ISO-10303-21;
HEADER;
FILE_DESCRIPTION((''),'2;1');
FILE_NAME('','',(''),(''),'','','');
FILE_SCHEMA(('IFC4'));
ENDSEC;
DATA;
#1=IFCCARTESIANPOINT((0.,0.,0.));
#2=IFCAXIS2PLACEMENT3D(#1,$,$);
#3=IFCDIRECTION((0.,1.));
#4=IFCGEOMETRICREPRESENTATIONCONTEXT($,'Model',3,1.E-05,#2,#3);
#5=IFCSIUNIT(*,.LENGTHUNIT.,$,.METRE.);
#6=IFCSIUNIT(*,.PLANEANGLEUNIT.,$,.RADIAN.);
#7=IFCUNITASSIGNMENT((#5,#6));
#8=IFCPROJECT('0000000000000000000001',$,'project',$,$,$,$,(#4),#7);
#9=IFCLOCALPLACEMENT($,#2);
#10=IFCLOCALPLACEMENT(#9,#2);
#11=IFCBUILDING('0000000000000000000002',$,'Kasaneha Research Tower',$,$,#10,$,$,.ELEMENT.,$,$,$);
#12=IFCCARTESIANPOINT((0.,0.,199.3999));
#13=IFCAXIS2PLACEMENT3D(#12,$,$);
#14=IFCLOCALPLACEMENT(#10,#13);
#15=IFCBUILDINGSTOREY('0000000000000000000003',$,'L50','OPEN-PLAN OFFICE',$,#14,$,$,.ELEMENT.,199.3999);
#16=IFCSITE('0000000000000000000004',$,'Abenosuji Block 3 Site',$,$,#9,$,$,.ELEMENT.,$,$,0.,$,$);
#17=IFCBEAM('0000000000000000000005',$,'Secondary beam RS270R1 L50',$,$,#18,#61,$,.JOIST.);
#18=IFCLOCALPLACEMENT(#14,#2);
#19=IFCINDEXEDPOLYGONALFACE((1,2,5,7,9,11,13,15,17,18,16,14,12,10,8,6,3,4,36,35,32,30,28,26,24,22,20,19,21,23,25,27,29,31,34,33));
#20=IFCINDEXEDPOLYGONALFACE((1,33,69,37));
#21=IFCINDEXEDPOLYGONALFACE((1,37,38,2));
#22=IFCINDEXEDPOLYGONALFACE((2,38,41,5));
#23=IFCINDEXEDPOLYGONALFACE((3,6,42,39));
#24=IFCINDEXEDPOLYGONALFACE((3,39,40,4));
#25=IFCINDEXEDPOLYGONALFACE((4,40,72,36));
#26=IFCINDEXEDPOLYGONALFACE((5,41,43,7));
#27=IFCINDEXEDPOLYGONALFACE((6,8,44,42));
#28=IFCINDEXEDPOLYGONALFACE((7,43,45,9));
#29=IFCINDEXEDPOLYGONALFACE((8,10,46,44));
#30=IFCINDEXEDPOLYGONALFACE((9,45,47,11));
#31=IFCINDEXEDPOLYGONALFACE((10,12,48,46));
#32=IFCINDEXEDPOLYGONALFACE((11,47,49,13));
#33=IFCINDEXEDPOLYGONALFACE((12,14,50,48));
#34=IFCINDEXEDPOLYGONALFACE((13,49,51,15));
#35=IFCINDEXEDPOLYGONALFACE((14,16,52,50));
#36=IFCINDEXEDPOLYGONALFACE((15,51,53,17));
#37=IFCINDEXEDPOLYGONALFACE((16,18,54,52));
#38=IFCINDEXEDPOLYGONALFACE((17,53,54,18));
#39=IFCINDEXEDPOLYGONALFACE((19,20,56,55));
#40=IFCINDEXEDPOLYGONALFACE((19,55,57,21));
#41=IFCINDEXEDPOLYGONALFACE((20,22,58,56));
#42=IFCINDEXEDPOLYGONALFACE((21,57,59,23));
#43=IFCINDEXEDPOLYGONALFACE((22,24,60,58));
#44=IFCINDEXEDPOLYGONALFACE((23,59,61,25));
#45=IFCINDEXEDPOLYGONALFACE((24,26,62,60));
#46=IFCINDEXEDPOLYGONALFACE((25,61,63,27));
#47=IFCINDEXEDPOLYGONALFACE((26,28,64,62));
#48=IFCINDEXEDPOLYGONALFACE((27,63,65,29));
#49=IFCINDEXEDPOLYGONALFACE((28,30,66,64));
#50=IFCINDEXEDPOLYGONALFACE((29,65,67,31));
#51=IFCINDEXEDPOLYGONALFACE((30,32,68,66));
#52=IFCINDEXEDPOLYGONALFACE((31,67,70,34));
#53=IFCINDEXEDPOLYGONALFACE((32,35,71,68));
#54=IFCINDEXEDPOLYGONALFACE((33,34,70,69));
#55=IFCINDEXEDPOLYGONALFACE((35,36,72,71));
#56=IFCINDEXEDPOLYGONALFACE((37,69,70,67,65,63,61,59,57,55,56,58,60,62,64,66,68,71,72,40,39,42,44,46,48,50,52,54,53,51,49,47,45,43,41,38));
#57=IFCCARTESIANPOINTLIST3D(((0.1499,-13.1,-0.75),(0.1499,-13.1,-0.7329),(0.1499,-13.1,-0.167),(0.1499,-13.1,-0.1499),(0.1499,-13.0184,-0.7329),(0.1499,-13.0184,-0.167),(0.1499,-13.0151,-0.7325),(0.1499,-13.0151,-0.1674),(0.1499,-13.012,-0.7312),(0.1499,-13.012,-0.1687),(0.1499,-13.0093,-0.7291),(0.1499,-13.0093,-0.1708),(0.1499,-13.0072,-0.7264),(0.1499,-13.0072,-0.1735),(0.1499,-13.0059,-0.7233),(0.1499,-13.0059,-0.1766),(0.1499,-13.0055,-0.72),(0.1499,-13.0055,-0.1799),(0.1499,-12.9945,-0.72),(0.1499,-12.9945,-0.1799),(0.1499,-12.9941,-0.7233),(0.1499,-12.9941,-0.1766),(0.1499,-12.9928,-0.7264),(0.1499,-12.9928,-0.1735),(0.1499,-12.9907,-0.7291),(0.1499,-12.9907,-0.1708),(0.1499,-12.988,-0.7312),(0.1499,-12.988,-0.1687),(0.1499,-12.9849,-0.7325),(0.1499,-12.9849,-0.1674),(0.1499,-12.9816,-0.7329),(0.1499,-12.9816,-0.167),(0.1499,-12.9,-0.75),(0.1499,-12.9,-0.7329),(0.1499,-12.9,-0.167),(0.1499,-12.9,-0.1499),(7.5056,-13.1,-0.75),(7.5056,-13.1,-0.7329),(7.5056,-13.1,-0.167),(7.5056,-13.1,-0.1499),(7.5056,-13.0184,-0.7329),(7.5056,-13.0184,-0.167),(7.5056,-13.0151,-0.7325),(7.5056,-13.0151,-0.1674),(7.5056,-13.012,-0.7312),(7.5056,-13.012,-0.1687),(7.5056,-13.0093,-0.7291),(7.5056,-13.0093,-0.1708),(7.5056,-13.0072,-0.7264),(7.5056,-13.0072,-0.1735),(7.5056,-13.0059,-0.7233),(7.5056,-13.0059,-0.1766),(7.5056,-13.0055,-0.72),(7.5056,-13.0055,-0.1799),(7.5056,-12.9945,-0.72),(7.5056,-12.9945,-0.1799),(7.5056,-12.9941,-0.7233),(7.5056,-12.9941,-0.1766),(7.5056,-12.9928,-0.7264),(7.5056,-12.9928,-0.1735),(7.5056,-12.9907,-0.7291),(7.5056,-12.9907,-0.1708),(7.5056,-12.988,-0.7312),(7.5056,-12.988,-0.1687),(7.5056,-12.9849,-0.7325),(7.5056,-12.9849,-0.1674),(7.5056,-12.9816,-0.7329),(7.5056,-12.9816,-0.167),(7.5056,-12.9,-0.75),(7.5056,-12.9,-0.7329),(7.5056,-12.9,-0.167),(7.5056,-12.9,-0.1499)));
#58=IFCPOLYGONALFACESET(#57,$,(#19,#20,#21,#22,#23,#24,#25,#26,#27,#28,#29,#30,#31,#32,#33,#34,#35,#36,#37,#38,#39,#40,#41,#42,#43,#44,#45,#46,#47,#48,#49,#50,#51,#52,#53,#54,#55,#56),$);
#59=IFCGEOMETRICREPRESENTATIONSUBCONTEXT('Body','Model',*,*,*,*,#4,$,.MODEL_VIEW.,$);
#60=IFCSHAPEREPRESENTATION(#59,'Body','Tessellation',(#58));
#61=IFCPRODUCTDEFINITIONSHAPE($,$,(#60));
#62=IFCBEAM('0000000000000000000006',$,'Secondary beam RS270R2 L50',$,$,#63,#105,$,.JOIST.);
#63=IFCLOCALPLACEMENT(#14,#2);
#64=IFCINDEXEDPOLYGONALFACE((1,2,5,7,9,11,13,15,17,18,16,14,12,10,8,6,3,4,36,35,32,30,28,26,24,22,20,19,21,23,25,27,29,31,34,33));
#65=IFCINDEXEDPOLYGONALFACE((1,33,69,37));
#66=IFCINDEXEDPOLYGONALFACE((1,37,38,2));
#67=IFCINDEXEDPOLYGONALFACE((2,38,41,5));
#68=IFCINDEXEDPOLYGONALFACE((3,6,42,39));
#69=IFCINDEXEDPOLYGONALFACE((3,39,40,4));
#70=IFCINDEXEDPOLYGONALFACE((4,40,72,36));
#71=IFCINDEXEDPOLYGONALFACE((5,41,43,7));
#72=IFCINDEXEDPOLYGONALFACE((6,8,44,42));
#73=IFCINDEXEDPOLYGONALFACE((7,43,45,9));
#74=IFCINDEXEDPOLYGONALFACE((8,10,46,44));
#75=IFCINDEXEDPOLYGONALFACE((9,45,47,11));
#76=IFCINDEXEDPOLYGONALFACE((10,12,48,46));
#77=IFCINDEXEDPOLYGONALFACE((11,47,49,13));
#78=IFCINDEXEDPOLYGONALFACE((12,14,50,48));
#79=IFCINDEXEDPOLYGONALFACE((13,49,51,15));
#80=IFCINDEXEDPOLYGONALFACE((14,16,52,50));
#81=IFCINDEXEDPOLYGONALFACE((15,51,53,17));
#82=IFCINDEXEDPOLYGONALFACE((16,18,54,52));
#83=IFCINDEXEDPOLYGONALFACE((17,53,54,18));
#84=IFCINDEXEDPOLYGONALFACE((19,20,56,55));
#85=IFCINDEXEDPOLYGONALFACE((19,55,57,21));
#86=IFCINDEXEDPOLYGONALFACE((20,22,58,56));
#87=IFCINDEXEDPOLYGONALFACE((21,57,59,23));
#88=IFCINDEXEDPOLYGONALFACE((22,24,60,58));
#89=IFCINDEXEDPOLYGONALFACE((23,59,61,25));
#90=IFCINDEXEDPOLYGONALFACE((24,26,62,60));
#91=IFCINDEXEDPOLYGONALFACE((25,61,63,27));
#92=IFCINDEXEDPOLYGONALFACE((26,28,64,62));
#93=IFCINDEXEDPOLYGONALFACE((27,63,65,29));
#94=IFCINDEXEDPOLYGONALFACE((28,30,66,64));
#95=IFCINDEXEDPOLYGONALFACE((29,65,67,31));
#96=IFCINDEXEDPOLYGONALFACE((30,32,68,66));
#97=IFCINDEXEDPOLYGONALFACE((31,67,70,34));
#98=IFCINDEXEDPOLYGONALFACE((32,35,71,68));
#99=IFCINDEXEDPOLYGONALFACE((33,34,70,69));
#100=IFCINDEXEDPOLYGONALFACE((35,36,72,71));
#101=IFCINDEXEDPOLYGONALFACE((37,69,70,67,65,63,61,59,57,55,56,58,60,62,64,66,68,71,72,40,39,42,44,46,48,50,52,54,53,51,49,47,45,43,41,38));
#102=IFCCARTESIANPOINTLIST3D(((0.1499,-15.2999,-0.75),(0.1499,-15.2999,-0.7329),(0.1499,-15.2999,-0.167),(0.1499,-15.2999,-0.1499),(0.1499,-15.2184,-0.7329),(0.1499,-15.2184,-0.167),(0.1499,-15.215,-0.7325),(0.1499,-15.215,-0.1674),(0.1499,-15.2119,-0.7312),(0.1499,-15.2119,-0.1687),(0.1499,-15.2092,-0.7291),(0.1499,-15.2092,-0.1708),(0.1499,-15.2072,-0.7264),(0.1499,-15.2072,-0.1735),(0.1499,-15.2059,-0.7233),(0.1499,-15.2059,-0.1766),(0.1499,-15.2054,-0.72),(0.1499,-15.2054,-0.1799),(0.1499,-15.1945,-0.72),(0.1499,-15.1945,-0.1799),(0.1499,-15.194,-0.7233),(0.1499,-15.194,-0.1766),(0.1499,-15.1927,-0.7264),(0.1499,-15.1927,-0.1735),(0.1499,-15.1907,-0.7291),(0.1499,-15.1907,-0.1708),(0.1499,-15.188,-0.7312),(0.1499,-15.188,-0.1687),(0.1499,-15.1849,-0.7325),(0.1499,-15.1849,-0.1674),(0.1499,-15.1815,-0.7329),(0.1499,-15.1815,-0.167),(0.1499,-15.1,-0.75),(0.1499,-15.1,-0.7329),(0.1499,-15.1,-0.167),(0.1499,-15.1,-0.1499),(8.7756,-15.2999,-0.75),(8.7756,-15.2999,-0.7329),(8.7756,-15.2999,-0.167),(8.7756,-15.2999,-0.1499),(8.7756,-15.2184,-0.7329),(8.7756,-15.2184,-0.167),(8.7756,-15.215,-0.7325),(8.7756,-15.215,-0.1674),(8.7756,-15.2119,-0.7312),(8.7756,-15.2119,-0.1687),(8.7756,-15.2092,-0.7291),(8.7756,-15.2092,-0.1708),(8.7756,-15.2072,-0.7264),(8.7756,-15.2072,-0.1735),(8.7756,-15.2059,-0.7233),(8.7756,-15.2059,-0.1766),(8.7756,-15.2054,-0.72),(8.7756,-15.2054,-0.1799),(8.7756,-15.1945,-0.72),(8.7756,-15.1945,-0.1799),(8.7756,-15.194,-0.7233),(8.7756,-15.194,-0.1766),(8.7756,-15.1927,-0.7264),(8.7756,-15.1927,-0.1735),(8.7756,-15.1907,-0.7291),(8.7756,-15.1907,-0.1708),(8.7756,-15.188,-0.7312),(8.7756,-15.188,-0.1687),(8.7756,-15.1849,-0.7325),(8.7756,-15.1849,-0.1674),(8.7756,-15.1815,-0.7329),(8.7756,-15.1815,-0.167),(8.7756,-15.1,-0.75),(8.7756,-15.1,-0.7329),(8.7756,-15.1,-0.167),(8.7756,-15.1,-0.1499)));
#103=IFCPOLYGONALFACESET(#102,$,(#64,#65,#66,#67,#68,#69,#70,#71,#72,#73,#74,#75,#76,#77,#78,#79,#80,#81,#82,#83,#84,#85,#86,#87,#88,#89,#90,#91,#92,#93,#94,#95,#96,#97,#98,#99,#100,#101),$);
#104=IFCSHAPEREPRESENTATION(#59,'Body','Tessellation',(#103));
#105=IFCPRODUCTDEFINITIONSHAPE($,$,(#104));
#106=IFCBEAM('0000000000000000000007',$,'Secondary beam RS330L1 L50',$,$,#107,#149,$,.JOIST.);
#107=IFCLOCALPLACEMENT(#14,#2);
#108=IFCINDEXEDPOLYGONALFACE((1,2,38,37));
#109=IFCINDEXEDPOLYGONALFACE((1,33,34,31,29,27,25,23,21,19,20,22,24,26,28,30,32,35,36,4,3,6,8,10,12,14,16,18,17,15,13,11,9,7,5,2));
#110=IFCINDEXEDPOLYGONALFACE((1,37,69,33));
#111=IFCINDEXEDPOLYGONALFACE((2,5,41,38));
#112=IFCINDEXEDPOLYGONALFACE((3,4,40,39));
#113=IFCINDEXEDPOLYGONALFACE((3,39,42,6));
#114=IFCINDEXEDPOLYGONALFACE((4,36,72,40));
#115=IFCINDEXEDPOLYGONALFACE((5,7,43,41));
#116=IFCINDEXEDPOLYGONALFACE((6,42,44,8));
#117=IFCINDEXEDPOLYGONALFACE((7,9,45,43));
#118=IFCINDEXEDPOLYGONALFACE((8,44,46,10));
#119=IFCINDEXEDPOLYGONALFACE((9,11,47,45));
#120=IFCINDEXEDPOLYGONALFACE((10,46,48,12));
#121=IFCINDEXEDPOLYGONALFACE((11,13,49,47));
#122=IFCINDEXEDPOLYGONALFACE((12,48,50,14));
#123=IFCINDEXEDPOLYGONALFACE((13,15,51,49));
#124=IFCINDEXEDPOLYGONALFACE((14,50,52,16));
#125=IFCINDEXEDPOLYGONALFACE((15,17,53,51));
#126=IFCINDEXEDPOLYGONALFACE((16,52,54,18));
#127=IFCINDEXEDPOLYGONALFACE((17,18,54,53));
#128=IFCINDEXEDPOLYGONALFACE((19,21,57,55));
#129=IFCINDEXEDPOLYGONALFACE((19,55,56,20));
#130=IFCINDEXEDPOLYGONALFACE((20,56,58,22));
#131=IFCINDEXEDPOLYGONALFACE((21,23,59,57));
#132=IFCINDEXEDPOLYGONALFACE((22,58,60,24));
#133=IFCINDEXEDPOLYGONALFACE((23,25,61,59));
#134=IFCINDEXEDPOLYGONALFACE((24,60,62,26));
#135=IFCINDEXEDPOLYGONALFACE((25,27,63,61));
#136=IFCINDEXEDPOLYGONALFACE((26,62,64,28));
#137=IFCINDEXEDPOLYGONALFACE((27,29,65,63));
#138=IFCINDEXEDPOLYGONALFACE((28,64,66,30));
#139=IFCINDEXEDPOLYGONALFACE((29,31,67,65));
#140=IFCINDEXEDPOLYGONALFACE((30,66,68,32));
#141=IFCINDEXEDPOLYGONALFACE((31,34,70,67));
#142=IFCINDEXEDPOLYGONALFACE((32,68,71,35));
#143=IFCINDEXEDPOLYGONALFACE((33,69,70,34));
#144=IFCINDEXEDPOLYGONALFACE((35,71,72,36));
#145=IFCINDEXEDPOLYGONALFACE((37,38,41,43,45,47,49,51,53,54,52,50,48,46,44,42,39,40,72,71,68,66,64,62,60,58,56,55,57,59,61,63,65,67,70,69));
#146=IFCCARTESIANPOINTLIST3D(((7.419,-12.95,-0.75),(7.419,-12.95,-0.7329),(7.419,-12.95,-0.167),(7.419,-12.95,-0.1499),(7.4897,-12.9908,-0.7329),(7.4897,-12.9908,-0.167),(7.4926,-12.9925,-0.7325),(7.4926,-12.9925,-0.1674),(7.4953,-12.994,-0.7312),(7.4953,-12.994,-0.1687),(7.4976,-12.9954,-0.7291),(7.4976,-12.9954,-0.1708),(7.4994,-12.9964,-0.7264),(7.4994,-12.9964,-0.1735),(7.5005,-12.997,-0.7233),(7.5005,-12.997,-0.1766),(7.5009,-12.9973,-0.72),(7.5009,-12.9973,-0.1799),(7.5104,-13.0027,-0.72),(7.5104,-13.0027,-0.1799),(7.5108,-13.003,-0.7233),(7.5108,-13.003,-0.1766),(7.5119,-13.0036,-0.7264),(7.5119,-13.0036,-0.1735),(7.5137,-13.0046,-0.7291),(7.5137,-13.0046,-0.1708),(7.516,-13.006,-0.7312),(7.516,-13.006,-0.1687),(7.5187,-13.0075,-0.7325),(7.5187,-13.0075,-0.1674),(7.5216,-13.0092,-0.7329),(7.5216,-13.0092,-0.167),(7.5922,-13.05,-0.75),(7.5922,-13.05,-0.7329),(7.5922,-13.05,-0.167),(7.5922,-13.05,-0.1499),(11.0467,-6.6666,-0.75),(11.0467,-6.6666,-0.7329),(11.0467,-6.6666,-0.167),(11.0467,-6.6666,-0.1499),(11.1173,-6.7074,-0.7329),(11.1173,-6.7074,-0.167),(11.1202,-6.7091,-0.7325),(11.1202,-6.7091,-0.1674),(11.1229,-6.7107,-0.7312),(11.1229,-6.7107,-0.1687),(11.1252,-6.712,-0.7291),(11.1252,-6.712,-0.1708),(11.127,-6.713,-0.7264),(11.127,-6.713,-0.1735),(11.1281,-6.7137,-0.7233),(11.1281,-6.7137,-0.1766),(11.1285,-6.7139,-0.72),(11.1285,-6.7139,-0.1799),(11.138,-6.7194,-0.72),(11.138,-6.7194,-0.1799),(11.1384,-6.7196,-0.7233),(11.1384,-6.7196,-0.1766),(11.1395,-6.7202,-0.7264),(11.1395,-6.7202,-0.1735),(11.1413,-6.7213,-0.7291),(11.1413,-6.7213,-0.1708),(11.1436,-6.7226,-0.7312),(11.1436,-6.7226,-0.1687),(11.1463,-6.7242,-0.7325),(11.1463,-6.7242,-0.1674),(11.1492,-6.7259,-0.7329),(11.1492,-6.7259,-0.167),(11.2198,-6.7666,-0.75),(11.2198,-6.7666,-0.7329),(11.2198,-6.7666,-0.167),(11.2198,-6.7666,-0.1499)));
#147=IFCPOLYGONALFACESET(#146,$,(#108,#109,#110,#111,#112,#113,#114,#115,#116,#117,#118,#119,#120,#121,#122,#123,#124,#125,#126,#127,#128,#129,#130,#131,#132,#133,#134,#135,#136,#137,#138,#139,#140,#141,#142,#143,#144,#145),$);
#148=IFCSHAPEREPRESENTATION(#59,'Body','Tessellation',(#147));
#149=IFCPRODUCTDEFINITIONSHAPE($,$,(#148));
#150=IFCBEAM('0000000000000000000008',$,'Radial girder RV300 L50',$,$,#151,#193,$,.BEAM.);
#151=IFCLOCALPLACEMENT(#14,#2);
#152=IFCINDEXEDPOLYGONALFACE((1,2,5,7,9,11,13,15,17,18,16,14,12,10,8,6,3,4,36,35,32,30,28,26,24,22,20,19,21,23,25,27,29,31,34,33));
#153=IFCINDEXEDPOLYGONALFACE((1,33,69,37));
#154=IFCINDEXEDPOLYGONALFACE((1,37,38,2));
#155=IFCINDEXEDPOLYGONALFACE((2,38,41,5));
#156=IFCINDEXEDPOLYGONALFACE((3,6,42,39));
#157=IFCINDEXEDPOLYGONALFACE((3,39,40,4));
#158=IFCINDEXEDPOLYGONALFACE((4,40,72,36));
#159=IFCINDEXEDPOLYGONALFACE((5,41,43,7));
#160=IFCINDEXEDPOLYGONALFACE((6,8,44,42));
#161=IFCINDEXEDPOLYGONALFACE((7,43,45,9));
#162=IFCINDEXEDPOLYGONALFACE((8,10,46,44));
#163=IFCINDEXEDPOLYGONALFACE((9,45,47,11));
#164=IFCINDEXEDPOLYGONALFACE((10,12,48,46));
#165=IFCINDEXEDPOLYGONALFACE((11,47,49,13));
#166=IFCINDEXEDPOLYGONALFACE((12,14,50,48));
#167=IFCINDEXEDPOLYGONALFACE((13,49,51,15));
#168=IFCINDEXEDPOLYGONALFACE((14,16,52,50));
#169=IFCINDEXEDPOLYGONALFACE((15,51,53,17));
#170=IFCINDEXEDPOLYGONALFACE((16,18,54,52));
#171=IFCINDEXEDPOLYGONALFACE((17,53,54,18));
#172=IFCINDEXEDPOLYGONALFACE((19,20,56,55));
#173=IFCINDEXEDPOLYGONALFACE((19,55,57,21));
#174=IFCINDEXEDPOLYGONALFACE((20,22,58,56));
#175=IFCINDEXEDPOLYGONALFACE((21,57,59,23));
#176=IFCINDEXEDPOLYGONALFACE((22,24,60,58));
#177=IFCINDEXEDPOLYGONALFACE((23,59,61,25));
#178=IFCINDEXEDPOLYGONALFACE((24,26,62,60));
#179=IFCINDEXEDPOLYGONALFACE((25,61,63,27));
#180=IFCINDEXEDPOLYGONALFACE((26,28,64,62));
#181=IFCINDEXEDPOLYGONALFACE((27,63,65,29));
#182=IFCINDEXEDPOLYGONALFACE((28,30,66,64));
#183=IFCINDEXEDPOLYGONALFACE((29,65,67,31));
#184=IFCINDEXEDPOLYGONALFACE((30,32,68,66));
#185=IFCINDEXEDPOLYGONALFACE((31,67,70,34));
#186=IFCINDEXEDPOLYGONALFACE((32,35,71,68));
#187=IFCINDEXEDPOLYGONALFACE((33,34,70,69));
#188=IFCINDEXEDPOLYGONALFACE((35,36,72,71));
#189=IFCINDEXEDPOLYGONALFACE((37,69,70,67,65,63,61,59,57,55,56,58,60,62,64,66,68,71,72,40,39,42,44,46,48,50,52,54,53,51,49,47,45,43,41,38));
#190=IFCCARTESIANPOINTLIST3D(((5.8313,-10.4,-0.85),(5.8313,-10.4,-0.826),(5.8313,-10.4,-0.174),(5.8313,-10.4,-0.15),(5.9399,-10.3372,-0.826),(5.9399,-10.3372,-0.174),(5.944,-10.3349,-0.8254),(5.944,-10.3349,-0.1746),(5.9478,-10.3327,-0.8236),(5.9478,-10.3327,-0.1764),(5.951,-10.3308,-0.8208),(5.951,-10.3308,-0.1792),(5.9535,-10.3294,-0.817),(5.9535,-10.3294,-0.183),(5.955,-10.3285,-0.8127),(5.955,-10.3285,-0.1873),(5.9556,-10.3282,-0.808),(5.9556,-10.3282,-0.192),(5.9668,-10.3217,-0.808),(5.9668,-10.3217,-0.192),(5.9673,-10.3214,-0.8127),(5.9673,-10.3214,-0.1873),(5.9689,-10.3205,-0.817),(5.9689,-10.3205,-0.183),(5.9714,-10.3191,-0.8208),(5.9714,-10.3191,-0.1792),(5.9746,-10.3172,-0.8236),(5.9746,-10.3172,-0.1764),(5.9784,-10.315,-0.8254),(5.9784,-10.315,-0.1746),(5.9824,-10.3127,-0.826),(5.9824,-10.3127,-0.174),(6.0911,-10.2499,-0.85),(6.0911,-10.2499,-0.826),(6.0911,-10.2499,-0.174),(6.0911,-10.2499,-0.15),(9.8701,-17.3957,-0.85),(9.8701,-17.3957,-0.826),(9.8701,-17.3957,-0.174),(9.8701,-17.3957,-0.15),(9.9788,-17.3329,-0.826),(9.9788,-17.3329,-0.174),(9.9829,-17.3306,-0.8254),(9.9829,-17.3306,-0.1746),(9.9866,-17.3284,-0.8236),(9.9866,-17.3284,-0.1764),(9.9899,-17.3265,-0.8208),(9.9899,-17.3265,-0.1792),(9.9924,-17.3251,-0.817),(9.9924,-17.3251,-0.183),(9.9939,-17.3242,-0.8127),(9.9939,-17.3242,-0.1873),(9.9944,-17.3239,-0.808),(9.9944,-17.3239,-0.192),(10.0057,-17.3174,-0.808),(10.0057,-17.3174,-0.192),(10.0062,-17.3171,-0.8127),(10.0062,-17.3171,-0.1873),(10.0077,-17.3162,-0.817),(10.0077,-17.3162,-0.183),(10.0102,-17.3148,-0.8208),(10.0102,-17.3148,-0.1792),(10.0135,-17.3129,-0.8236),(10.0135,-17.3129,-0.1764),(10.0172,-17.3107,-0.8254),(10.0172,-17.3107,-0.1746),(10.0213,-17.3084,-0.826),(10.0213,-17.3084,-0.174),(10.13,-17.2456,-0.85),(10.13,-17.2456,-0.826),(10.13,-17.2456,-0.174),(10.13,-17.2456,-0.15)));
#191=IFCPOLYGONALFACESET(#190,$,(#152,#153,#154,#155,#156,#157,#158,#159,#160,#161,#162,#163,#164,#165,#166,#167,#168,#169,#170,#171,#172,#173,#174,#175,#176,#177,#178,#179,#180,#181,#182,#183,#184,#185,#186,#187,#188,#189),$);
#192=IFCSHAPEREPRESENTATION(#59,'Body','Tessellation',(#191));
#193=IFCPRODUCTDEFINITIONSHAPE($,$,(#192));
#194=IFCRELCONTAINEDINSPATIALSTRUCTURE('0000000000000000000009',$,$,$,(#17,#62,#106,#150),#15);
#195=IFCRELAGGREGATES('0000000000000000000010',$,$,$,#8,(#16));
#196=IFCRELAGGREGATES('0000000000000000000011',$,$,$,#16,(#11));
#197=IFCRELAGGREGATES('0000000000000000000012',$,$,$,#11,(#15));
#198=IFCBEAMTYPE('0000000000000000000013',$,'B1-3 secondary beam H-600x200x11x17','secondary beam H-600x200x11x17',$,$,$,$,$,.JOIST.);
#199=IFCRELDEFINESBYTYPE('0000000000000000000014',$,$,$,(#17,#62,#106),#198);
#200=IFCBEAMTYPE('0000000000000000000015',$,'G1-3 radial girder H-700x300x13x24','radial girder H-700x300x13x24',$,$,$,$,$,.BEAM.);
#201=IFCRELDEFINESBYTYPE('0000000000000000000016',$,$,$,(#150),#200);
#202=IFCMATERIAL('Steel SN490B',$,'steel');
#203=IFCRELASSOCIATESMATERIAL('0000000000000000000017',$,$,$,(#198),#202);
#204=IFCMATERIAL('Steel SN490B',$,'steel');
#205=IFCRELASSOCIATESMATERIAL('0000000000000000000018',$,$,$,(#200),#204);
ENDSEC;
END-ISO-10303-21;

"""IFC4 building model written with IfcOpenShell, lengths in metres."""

from ifc_helpers import new_model, si_unit, direction, frame, origin, origin_2d, place, context, subcontext, project, spatial, i_section, extrude, material, material_profile, profile_set, type_object, element, save


model = new_model("IFC4")

# Units and contexts
model_context = context("Model", 3, precision=1e-05, world=origin(), true_north=direction((0.0, 1.0)))
body_context = subcontext(model_context, "Body", "Model", "MODEL_VIEW")
ifc_project = project(units=[si_unit("LENGTHUNIT", "METRE"), si_unit("PLANEANGLEUNIT", "RADIAN")], contexts=[model_context])

# Site, building, storey
site_placement = place(None, origin())
site = spatial("IfcSite", under=ifc_project, at=site_placement, Name="Abenosuji Block 3 Site", CompositionType="ELEMENT", RefElevation=0.0)
building_placement = place(site_placement, origin())
building = spatial("IfcBuilding", under=site, at=building_placement, Name="Kasaneha Research Tower", CompositionType="ELEMENT")
storey_placement = place(building_placement, frame((0.0, 0.0, 199.3999)))
storey = spatial("IfcBuildingStorey", under=building, at=storey_placement, Name="L50", Description="OPEN-PLAN OFFICE", CompositionType="ELEMENT", Elevation=199.3999)

# Beams
ifc_material_1 = material(Name="Steel SN490B", Category="steel")
ifc_material_profile_1 = material_profile(ifc_material_1, i_section(OverallWidth=0.2, OverallDepth=0.6001, WebThickness=0.011, FlangeThickness=0.0171, FilletRadius=0.0129, at=origin_2d()), Name="H-600x200x11x17")
ifc_profile_set_1 = profile_set([ifc_material_profile_1], Name="Steel SN490B")
beam_type_1 = type_object("IfcBeamType", Name="B1-3 secondary beam H-600x200x11x17", Description="secondary beam H-600x200x11x17", PredefinedType="JOIST", material=ifc_profile_set_1)
beam_1_placement = place(storey_placement, frame((7.5056, -13.0, -0.45), z_axis=(-1.0, 0.0, 0.0), x_axis=(0.0, -1.0, 0.0)))
element("IfcBeam", 1, at=beam_1_placement, inside=storey, type_object=beam_type_1, Name="Secondary beam RS270R1 L50", PredefinedType="JOIST", context=body_context, shape_type="SweptSolid", body=[
    extrude(i_section(OverallWidth=0.2, OverallDepth=0.6001, WebThickness=0.011, FlangeThickness=0.0171, FilletRadius=0.0129, at=origin_2d()), origin(), (0.0, 0.0, 1.0), 7.3557),
])
beam_2_placement = place(storey_placement, frame((8.7756, -15.2, -0.45), z_axis=(-1.0, 0.0, 0.0), x_axis=(0.0, -1.0, 0.0)))
element("IfcBeam", 2, at=beam_2_placement, inside=storey, type_object=beam_type_1, Name="Secondary beam RS270R2 L50", PredefinedType="JOIST", context=body_context, shape_type="SweptSolid", body=[
    extrude(i_section(OverallWidth=0.2, OverallDepth=0.6001, WebThickness=0.011, FlangeThickness=0.0171, FilletRadius=0.0129, at=origin_2d()), origin(), (0.0, 0.0, 1.0), 8.6257),
])
beam_3_placement = place(storey_placement, frame((7.5056, -13.0, -0.45), z_axis=(0.499993, 0.866029, 0.0), x_axis=(-0.866029, 0.499993, 0.0)))
element("IfcBeam", 3, at=beam_3_placement, inside=storey, type_object=beam_type_1, Name="Secondary beam RS330L1 L50", PredefinedType="JOIST", context=body_context, shape_type="SweptSolid", body=[
    extrude(i_section(OverallWidth=0.2, OverallDepth=0.6001, WebThickness=0.011, FlangeThickness=0.0171, FilletRadius=0.0129, at=origin_2d()), origin(), (0.0, 0.0, 1.0), 7.2554),
])
ifc_material_2 = material(Name="Steel SN490B", Category="steel")
ifc_material_profile_2 = material_profile(ifc_material_2, i_section(OverallWidth=0.3, OverallDepth=0.7, WebThickness=0.0129, FlangeThickness=0.0239, FilletRadius=0.0181, at=origin_2d()), Name="H-700x300x13x24")
ifc_profile_set_2 = profile_set([ifc_material_profile_2], Name="Steel SN490B")
beam_type_2 = type_object("IfcBeamType", Name="G1-3 radial girder H-700x300x13x24", Description="radial girder H-700x300x13x24", PredefinedType="BEAM", material=ifc_profile_set_2)
beam_4_placement = place(storey_placement, frame((5.9612, -10.325, -0.5), z_axis=(0.499991, -0.866031, 0.0), x_axis=(0.866031, 0.499991, 0.0)))
element("IfcBeam", 4, at=beam_4_placement, inside=storey, type_object=beam_type_2, Name="Radial girder RV300 L50", PredefinedType="BEAM", context=body_context, shape_type="SweptSolid", body=[
    extrude(i_section(OverallWidth=0.3, OverallDepth=0.7, WebThickness=0.0129, FlangeThickness=0.0239, FilletRadius=0.0181, at=origin_2d()), origin(), (0.0, 0.0, 1.0), 8.0779),
])

save(model, "model.ifc")
